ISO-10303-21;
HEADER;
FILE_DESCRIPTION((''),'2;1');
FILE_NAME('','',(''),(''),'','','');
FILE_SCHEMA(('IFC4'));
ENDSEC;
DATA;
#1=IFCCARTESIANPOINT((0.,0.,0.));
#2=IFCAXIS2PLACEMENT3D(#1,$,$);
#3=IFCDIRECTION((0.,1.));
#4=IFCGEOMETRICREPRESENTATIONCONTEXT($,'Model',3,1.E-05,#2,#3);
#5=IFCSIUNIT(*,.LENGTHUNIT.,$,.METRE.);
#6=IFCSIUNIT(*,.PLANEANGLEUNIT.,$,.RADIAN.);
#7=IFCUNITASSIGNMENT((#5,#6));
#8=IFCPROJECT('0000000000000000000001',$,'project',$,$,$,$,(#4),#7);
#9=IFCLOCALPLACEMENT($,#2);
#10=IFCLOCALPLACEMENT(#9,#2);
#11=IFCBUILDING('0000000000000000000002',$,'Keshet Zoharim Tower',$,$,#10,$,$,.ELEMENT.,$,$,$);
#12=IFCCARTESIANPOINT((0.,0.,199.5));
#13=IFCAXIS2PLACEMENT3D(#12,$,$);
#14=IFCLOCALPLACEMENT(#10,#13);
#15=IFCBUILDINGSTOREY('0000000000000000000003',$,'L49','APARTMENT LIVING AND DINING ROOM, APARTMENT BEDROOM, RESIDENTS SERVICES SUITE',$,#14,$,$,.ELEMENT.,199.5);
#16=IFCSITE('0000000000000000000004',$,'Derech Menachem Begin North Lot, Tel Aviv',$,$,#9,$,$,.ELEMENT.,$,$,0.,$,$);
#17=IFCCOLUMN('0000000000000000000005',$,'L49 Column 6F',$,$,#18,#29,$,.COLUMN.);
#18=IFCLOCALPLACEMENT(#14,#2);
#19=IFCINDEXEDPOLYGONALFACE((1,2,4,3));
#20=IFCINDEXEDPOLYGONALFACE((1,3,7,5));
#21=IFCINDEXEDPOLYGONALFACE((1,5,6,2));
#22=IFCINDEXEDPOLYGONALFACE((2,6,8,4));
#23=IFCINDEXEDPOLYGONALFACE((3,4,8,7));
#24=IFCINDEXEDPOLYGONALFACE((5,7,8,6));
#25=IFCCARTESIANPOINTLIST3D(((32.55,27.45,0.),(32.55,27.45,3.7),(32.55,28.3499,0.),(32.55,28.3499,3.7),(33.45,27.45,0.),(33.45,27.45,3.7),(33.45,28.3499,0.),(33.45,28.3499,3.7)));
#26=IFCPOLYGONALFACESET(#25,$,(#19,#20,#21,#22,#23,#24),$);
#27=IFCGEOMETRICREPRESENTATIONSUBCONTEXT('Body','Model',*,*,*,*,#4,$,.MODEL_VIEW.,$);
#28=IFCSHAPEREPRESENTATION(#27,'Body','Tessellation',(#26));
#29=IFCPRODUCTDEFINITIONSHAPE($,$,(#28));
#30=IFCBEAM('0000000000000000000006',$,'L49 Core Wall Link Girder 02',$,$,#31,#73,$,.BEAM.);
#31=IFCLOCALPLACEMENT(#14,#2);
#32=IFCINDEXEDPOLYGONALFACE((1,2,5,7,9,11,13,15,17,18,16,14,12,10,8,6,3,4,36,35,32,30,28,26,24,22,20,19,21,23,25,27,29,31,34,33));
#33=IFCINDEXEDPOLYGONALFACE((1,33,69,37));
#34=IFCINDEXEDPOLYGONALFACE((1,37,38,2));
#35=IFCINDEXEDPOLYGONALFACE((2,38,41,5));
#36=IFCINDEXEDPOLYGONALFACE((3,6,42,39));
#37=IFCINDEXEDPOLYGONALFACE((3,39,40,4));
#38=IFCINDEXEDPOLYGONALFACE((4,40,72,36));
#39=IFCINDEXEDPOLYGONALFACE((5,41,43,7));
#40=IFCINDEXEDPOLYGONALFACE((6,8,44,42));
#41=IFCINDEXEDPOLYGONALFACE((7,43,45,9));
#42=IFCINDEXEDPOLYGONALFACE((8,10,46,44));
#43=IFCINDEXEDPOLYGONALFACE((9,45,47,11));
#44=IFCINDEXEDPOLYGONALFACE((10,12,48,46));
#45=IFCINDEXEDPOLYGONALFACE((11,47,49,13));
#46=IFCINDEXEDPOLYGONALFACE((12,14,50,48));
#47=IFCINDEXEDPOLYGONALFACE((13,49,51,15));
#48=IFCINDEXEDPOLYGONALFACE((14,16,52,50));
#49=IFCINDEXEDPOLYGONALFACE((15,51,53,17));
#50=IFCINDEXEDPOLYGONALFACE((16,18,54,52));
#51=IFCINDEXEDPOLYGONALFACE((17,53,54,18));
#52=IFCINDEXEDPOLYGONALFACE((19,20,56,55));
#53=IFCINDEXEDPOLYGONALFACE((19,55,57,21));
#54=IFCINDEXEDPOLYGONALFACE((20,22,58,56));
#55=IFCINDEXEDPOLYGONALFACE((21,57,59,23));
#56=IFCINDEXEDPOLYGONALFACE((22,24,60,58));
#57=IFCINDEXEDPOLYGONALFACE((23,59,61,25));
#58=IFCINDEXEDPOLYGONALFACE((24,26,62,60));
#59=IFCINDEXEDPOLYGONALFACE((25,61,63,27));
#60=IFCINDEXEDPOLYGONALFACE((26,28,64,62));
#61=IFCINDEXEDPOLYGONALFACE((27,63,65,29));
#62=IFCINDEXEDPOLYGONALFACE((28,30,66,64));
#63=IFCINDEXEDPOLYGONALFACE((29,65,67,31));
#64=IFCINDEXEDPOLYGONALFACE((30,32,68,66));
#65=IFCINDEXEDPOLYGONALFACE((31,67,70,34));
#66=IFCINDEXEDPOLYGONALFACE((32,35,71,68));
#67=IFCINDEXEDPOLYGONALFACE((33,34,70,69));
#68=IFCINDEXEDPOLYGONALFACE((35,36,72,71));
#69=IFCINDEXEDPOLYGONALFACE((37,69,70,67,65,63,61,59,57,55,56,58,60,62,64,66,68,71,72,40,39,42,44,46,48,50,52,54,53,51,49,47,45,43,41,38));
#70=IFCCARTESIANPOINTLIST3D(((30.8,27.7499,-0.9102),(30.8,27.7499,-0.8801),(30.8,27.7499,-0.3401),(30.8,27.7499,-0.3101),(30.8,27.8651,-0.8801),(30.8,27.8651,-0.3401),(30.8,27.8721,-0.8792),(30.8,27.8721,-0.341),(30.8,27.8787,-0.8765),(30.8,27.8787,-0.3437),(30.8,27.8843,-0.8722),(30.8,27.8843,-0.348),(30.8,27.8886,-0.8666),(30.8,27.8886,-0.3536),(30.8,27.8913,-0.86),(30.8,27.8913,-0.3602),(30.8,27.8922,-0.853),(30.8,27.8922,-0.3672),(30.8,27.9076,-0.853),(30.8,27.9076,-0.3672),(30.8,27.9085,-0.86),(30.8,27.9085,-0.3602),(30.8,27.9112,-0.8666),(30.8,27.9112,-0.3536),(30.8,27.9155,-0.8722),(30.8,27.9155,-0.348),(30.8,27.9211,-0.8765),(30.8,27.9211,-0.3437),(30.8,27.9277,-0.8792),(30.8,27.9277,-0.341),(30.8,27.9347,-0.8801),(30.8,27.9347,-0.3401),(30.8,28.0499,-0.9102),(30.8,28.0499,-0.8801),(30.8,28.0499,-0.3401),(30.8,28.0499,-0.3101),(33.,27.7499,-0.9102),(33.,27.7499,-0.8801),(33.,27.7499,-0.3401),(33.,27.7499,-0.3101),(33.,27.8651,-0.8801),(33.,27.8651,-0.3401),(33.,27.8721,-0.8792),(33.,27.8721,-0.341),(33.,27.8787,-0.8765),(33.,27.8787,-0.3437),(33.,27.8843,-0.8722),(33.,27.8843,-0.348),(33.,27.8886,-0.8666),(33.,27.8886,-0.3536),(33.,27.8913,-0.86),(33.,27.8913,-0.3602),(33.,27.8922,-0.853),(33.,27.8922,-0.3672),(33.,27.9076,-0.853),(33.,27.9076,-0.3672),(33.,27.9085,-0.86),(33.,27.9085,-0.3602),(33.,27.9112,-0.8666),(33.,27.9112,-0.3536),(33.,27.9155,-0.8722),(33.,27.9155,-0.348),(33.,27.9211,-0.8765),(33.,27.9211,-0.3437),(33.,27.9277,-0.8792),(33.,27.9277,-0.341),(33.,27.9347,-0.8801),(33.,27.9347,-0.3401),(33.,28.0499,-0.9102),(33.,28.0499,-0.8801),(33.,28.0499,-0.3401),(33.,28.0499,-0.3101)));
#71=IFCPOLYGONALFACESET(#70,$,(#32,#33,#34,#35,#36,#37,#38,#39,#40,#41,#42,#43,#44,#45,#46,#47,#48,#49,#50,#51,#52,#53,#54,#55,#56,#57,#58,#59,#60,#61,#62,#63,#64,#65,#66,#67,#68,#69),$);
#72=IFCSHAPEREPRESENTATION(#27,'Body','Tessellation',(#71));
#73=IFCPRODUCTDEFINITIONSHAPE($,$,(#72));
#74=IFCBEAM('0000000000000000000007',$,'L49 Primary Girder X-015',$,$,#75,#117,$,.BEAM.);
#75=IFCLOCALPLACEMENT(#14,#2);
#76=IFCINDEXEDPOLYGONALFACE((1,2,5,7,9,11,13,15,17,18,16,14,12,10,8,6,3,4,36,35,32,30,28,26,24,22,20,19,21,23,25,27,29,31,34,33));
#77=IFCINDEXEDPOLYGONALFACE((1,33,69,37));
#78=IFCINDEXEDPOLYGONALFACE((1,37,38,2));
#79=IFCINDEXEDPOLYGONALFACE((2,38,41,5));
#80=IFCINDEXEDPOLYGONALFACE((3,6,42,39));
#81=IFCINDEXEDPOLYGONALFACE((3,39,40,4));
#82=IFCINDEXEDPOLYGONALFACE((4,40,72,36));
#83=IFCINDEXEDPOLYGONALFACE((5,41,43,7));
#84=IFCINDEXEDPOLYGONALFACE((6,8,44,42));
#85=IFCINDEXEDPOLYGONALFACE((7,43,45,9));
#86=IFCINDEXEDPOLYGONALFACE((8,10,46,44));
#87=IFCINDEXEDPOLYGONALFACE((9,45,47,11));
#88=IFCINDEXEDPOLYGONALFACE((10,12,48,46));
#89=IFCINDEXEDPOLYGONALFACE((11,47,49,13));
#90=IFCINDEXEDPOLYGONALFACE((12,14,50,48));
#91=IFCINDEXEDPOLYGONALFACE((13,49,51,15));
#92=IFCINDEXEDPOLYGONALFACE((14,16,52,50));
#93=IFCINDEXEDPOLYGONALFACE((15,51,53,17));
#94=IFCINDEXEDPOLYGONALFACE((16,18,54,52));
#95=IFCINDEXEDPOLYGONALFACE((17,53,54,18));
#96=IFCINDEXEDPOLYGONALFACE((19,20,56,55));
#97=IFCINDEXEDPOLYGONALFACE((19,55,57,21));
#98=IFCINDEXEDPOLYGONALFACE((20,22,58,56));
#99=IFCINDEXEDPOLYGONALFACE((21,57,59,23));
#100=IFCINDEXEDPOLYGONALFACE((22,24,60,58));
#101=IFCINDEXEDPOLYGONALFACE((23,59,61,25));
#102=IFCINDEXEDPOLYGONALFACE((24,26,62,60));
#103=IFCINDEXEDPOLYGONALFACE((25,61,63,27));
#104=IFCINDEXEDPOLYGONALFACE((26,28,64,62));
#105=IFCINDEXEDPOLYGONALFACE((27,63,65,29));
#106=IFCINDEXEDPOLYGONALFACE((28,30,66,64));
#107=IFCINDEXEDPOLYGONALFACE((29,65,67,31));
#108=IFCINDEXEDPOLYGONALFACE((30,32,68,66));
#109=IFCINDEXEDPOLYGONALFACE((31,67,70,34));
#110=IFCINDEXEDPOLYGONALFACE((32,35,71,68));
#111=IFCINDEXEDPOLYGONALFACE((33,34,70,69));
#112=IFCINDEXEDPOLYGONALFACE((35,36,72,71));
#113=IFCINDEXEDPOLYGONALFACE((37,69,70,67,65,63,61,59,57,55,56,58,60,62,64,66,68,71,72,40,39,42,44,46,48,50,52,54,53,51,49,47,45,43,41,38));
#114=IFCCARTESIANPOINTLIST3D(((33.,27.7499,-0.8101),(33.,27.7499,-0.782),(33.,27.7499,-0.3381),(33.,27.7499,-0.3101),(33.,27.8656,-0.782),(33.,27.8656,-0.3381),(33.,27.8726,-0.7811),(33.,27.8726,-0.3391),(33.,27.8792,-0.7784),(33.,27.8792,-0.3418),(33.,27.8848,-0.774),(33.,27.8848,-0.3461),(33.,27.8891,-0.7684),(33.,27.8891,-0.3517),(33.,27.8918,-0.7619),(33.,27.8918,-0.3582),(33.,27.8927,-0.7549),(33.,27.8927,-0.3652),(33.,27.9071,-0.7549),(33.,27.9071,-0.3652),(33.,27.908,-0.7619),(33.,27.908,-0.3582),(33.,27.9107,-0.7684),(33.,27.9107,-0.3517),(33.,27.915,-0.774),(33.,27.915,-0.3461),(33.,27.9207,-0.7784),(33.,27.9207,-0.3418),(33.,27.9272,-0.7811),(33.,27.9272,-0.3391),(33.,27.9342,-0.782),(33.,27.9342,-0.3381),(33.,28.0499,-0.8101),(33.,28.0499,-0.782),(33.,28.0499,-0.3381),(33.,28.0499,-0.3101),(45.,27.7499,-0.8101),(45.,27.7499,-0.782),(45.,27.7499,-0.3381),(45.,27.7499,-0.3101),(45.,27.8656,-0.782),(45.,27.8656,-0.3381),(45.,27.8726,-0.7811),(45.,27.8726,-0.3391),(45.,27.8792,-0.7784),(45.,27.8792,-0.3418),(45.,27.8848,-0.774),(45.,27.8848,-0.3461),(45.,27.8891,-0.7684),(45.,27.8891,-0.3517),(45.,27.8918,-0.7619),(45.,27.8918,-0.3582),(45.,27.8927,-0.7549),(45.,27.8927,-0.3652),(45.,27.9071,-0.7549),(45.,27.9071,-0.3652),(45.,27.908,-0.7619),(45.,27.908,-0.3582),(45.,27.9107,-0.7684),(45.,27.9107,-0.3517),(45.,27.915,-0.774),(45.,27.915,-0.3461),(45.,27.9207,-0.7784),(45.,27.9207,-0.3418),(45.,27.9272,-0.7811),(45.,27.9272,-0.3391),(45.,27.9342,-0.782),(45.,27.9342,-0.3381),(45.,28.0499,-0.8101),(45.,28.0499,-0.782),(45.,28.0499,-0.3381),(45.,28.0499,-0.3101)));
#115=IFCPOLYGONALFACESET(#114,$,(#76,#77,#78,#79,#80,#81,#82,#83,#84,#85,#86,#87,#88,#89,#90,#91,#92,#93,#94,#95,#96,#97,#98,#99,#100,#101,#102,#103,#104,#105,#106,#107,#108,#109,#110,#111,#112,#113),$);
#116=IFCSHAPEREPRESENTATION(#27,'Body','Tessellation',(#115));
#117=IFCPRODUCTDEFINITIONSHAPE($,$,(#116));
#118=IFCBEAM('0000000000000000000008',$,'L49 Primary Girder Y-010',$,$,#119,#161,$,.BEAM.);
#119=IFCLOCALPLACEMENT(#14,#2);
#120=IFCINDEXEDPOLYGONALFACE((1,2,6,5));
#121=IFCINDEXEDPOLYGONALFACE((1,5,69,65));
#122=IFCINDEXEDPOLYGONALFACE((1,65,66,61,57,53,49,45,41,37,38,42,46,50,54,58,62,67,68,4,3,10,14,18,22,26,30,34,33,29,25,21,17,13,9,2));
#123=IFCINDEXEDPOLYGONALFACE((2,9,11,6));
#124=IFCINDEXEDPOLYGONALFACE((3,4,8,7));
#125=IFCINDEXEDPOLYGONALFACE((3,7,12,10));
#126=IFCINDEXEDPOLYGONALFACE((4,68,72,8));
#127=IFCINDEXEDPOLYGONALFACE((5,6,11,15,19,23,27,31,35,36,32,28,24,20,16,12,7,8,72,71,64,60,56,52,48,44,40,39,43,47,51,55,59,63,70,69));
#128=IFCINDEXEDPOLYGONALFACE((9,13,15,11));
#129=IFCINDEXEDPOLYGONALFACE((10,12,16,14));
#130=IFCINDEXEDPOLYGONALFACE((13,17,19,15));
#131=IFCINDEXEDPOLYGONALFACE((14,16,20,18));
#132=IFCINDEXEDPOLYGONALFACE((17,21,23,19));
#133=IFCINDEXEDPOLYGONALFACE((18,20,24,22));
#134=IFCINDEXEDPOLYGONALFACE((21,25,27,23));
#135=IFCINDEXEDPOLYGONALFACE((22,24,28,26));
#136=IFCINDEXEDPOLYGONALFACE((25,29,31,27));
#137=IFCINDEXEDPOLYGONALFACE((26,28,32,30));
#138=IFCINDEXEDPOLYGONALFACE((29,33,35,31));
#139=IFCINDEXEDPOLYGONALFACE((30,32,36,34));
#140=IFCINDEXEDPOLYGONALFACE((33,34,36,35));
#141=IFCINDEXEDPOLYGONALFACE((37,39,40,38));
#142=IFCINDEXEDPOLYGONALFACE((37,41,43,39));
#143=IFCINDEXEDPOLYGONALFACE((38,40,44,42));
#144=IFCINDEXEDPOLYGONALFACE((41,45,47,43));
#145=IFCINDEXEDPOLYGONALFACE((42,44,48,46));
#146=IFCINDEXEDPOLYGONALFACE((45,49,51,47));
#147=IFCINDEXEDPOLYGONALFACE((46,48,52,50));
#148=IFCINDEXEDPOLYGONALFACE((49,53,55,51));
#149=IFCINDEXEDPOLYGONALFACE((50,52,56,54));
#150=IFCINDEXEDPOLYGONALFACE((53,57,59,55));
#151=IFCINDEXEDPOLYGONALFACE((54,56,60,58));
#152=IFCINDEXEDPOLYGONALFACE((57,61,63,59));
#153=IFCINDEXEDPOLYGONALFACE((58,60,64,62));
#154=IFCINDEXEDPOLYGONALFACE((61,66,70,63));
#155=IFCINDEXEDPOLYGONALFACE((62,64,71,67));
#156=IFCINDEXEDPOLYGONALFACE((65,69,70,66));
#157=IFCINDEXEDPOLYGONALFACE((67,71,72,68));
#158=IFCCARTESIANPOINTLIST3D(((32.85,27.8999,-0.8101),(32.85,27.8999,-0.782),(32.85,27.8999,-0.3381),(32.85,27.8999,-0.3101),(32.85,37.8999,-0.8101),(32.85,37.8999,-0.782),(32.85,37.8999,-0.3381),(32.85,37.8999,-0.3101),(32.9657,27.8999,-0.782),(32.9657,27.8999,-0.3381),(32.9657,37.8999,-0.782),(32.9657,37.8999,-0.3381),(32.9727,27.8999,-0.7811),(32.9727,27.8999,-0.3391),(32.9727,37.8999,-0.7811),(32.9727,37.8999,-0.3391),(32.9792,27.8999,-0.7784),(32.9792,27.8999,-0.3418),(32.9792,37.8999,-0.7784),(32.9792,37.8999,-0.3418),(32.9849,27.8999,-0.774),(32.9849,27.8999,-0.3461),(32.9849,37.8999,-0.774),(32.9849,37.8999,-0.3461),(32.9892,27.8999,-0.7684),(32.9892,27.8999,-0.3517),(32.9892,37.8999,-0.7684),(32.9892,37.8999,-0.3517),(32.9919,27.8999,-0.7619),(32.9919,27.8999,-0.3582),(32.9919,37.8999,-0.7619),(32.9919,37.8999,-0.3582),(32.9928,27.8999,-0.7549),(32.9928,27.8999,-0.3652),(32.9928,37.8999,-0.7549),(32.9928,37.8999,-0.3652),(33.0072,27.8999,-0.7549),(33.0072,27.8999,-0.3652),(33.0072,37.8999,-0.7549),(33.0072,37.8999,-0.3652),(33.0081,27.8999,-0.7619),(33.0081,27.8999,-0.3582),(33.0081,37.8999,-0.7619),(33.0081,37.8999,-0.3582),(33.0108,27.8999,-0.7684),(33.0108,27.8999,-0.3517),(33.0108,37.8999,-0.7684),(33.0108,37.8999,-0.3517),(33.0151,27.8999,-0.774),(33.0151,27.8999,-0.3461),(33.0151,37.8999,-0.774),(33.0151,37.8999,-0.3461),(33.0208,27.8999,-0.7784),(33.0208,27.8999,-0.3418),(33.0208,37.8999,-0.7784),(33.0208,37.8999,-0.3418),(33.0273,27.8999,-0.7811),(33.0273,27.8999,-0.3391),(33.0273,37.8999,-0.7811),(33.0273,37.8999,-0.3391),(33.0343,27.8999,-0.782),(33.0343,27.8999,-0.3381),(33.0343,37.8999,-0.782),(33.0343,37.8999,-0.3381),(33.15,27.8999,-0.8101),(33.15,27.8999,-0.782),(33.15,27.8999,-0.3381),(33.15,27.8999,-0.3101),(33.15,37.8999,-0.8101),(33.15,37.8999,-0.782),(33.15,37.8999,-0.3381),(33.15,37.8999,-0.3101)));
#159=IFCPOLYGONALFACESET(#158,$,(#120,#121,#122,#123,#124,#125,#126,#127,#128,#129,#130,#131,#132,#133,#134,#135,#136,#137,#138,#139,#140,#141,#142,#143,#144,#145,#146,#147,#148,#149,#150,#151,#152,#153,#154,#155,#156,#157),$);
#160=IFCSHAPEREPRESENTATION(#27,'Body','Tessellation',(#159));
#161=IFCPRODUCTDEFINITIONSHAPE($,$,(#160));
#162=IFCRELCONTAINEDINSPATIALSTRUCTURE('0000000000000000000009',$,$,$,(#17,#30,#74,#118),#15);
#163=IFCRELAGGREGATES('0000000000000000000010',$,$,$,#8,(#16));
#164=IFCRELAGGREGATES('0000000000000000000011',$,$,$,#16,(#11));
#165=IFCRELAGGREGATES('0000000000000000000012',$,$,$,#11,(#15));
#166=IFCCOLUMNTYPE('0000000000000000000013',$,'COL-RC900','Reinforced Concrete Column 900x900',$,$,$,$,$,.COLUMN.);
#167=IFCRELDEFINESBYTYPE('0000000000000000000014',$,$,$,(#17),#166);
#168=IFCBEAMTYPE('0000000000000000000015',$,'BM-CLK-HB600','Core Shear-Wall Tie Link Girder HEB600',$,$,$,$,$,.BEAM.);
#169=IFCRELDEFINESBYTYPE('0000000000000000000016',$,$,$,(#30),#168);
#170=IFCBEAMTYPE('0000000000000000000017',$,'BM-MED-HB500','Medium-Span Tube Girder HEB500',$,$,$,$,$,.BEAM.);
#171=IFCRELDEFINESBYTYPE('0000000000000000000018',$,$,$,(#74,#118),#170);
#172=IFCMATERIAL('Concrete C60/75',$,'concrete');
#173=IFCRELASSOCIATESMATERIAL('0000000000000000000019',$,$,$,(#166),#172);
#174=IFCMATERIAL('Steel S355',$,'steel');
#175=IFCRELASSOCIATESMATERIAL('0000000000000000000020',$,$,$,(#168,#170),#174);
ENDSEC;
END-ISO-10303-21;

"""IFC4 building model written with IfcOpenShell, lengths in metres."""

from ifc_helpers import new_model, si_unit, direction, frame, origin, origin_2d, place, context, subcontext, project, spatial, rectangle, i_section, extrude, material, material_profile, profile_set, type_object, element, save


model = new_model("IFC4")

# Units and contexts
model_context = context("Model", 3, precision=1e-05, world=origin(), true_north=direction((0.0, 1.0)))
body_context = subcontext(model_context, "Body", "Model", "MODEL_VIEW")
ifc_project = project(units=[si_unit("LENGTHUNIT", "METRE"), si_unit("PLANEANGLEUNIT", "RADIAN")], contexts=[model_context])

# Site, building, storey
site_placement = place(None, origin())
site = spatial("IfcSite", under=ifc_project, at=site_placement, Name="Derech Menachem Begin North Lot, Tel Aviv", CompositionType="ELEMENT", RefElevation=0.0)
building_placement = place(site_placement, origin())
building = spatial("IfcBuilding", under=site, at=building_placement, Name="Keshet Zoharim Tower", CompositionType="ELEMENT")
storey_placement = place(building_placement, frame((0.0, 0.0, 199.5)))
storey = spatial("IfcBuildingStorey", under=building, at=storey_placement, Name="L49", Description="APARTMENT LIVING AND DINING ROOM, APARTMENT BEDROOM, RESIDENTS SERVICES SUITE", CompositionType="ELEMENT", Elevation=199.5)

# Column
ifc_material_1 = material(Name="Concrete C60/75", Category="concrete")
ifc_material_profile_1 = material_profile(ifc_material_1, rectangle(XDim=0.8999, YDim=0.8999, at=origin_2d()), Name="RC900x900")
ifc_profile_set_1 = profile_set([ifc_material_profile_1], Name="Concrete C60/75")
column_type = type_object("IfcColumnType", Name="COL-RC900", Description="Reinforced Concrete Column 900x900", PredefinedType="COLUMN", material=ifc_profile_set_1)
column_placement = place(storey_placement, frame((33.0, 27.8999, 0.0), z_axis=(0.0, 0.0, 1.0), x_axis=(1.0, 0.0, 0.0)))
element("IfcColumn", 1, at=column_placement, inside=storey, type_object=column_type, Name="L49 Column 6F", PredefinedType="COLUMN", context=body_context, shape_type="SweptSolid", body=[
    extrude(rectangle(XDim=0.8999, YDim=0.8999, at=origin_2d()), origin(), (0.0, 0.0, 1.0), 3.7),
])

# Beams
ifc_material_2 = material(Name="Steel S355", Category="steel")
ifc_material_profile_2 = material_profile(ifc_material_2, i_section(OverallWidth=0.3, OverallDepth=0.6001, WebThickness=0.0154, FlangeThickness=0.03, FilletRadius=0.0271, at=origin_2d()), Name="HEB600")
ifc_profile_set_2 = profile_set([ifc_material_profile_2], Name="Steel S355")
beam_type_1 = type_object("IfcBeamType", Name="BM-CLK-HB600", Description="Core Shear-Wall Tie Link Girder HEB600", PredefinedType="BEAM", material=ifc_profile_set_2)
beam_1_placement = place(storey_placement, frame((30.8, 27.8999, -0.6101), z_axis=(1.0, 0.0, 0.0), x_axis=(0.0, 1.0, 0.0)))
element("IfcBeam", 2, at=beam_1_placement, inside=storey, type_object=beam_type_1, Name="L49 Core Wall Link Girder 02", PredefinedType="BEAM", context=body_context, shape_type="SweptSolid", body=[
    extrude(i_section(OverallWidth=0.3, OverallDepth=0.6001, WebThickness=0.0154, FlangeThickness=0.03, FilletRadius=0.0271, at=origin_2d()), origin(), (0.0, 0.0, 1.0), 2.2),
])
ifc_material_profile_3 = material_profile(ifc_material_2, i_section(OverallWidth=0.3, OverallDepth=0.5, WebThickness=0.0144, FlangeThickness=0.0281, FilletRadius=0.0271, at=origin_2d()), Name="HEB500")
ifc_profile_set_3 = profile_set([ifc_material_profile_3], Name="Steel S355")
beam_type_2 = type_object("IfcBeamType", Name="BM-MED-HB500", Description="Medium-Span Tube Girder HEB500", PredefinedType="BEAM", material=ifc_profile_set_3)
beam_2_placement = place(storey_placement, frame((33.0, 27.8999, -0.5601), z_axis=(1.0, 0.0, 0.0), x_axis=(0.0, 1.0, 0.0)))
element("IfcBeam", 3, at=beam_2_placement, inside=storey, type_object=beam_type_2, Name="L49 Primary Girder X-015", PredefinedType="BEAM", context=body_context, shape_type="SweptSolid", body=[
    extrude(i_section(OverallWidth=0.3, OverallDepth=0.5, WebThickness=0.0144, FlangeThickness=0.0281, FilletRadius=0.0271, at=origin_2d()), origin(), (0.0, 0.0, 1.0), 12.0),
])
beam_3_placement = place(storey_placement, frame((33.0, 27.8999, -0.5601), z_axis=(0.0, 1.0, 0.0), x_axis=(-1.0, 0.0, 0.0)))
element("IfcBeam", 4, at=beam_3_placement, inside=storey, type_object=beam_type_2, Name="L49 Primary Girder Y-010", PredefinedType="BEAM", context=body_context, shape_type="SweptSolid", body=[
    extrude(i_section(OverallWidth=0.3, OverallDepth=0.5, WebThickness=0.0144, FlangeThickness=0.0281, FilletRadius=0.0271, at=origin_2d()), origin(), (0.0, 0.0, 1.0), 10.0),
])

save(model, "model.ifc")
